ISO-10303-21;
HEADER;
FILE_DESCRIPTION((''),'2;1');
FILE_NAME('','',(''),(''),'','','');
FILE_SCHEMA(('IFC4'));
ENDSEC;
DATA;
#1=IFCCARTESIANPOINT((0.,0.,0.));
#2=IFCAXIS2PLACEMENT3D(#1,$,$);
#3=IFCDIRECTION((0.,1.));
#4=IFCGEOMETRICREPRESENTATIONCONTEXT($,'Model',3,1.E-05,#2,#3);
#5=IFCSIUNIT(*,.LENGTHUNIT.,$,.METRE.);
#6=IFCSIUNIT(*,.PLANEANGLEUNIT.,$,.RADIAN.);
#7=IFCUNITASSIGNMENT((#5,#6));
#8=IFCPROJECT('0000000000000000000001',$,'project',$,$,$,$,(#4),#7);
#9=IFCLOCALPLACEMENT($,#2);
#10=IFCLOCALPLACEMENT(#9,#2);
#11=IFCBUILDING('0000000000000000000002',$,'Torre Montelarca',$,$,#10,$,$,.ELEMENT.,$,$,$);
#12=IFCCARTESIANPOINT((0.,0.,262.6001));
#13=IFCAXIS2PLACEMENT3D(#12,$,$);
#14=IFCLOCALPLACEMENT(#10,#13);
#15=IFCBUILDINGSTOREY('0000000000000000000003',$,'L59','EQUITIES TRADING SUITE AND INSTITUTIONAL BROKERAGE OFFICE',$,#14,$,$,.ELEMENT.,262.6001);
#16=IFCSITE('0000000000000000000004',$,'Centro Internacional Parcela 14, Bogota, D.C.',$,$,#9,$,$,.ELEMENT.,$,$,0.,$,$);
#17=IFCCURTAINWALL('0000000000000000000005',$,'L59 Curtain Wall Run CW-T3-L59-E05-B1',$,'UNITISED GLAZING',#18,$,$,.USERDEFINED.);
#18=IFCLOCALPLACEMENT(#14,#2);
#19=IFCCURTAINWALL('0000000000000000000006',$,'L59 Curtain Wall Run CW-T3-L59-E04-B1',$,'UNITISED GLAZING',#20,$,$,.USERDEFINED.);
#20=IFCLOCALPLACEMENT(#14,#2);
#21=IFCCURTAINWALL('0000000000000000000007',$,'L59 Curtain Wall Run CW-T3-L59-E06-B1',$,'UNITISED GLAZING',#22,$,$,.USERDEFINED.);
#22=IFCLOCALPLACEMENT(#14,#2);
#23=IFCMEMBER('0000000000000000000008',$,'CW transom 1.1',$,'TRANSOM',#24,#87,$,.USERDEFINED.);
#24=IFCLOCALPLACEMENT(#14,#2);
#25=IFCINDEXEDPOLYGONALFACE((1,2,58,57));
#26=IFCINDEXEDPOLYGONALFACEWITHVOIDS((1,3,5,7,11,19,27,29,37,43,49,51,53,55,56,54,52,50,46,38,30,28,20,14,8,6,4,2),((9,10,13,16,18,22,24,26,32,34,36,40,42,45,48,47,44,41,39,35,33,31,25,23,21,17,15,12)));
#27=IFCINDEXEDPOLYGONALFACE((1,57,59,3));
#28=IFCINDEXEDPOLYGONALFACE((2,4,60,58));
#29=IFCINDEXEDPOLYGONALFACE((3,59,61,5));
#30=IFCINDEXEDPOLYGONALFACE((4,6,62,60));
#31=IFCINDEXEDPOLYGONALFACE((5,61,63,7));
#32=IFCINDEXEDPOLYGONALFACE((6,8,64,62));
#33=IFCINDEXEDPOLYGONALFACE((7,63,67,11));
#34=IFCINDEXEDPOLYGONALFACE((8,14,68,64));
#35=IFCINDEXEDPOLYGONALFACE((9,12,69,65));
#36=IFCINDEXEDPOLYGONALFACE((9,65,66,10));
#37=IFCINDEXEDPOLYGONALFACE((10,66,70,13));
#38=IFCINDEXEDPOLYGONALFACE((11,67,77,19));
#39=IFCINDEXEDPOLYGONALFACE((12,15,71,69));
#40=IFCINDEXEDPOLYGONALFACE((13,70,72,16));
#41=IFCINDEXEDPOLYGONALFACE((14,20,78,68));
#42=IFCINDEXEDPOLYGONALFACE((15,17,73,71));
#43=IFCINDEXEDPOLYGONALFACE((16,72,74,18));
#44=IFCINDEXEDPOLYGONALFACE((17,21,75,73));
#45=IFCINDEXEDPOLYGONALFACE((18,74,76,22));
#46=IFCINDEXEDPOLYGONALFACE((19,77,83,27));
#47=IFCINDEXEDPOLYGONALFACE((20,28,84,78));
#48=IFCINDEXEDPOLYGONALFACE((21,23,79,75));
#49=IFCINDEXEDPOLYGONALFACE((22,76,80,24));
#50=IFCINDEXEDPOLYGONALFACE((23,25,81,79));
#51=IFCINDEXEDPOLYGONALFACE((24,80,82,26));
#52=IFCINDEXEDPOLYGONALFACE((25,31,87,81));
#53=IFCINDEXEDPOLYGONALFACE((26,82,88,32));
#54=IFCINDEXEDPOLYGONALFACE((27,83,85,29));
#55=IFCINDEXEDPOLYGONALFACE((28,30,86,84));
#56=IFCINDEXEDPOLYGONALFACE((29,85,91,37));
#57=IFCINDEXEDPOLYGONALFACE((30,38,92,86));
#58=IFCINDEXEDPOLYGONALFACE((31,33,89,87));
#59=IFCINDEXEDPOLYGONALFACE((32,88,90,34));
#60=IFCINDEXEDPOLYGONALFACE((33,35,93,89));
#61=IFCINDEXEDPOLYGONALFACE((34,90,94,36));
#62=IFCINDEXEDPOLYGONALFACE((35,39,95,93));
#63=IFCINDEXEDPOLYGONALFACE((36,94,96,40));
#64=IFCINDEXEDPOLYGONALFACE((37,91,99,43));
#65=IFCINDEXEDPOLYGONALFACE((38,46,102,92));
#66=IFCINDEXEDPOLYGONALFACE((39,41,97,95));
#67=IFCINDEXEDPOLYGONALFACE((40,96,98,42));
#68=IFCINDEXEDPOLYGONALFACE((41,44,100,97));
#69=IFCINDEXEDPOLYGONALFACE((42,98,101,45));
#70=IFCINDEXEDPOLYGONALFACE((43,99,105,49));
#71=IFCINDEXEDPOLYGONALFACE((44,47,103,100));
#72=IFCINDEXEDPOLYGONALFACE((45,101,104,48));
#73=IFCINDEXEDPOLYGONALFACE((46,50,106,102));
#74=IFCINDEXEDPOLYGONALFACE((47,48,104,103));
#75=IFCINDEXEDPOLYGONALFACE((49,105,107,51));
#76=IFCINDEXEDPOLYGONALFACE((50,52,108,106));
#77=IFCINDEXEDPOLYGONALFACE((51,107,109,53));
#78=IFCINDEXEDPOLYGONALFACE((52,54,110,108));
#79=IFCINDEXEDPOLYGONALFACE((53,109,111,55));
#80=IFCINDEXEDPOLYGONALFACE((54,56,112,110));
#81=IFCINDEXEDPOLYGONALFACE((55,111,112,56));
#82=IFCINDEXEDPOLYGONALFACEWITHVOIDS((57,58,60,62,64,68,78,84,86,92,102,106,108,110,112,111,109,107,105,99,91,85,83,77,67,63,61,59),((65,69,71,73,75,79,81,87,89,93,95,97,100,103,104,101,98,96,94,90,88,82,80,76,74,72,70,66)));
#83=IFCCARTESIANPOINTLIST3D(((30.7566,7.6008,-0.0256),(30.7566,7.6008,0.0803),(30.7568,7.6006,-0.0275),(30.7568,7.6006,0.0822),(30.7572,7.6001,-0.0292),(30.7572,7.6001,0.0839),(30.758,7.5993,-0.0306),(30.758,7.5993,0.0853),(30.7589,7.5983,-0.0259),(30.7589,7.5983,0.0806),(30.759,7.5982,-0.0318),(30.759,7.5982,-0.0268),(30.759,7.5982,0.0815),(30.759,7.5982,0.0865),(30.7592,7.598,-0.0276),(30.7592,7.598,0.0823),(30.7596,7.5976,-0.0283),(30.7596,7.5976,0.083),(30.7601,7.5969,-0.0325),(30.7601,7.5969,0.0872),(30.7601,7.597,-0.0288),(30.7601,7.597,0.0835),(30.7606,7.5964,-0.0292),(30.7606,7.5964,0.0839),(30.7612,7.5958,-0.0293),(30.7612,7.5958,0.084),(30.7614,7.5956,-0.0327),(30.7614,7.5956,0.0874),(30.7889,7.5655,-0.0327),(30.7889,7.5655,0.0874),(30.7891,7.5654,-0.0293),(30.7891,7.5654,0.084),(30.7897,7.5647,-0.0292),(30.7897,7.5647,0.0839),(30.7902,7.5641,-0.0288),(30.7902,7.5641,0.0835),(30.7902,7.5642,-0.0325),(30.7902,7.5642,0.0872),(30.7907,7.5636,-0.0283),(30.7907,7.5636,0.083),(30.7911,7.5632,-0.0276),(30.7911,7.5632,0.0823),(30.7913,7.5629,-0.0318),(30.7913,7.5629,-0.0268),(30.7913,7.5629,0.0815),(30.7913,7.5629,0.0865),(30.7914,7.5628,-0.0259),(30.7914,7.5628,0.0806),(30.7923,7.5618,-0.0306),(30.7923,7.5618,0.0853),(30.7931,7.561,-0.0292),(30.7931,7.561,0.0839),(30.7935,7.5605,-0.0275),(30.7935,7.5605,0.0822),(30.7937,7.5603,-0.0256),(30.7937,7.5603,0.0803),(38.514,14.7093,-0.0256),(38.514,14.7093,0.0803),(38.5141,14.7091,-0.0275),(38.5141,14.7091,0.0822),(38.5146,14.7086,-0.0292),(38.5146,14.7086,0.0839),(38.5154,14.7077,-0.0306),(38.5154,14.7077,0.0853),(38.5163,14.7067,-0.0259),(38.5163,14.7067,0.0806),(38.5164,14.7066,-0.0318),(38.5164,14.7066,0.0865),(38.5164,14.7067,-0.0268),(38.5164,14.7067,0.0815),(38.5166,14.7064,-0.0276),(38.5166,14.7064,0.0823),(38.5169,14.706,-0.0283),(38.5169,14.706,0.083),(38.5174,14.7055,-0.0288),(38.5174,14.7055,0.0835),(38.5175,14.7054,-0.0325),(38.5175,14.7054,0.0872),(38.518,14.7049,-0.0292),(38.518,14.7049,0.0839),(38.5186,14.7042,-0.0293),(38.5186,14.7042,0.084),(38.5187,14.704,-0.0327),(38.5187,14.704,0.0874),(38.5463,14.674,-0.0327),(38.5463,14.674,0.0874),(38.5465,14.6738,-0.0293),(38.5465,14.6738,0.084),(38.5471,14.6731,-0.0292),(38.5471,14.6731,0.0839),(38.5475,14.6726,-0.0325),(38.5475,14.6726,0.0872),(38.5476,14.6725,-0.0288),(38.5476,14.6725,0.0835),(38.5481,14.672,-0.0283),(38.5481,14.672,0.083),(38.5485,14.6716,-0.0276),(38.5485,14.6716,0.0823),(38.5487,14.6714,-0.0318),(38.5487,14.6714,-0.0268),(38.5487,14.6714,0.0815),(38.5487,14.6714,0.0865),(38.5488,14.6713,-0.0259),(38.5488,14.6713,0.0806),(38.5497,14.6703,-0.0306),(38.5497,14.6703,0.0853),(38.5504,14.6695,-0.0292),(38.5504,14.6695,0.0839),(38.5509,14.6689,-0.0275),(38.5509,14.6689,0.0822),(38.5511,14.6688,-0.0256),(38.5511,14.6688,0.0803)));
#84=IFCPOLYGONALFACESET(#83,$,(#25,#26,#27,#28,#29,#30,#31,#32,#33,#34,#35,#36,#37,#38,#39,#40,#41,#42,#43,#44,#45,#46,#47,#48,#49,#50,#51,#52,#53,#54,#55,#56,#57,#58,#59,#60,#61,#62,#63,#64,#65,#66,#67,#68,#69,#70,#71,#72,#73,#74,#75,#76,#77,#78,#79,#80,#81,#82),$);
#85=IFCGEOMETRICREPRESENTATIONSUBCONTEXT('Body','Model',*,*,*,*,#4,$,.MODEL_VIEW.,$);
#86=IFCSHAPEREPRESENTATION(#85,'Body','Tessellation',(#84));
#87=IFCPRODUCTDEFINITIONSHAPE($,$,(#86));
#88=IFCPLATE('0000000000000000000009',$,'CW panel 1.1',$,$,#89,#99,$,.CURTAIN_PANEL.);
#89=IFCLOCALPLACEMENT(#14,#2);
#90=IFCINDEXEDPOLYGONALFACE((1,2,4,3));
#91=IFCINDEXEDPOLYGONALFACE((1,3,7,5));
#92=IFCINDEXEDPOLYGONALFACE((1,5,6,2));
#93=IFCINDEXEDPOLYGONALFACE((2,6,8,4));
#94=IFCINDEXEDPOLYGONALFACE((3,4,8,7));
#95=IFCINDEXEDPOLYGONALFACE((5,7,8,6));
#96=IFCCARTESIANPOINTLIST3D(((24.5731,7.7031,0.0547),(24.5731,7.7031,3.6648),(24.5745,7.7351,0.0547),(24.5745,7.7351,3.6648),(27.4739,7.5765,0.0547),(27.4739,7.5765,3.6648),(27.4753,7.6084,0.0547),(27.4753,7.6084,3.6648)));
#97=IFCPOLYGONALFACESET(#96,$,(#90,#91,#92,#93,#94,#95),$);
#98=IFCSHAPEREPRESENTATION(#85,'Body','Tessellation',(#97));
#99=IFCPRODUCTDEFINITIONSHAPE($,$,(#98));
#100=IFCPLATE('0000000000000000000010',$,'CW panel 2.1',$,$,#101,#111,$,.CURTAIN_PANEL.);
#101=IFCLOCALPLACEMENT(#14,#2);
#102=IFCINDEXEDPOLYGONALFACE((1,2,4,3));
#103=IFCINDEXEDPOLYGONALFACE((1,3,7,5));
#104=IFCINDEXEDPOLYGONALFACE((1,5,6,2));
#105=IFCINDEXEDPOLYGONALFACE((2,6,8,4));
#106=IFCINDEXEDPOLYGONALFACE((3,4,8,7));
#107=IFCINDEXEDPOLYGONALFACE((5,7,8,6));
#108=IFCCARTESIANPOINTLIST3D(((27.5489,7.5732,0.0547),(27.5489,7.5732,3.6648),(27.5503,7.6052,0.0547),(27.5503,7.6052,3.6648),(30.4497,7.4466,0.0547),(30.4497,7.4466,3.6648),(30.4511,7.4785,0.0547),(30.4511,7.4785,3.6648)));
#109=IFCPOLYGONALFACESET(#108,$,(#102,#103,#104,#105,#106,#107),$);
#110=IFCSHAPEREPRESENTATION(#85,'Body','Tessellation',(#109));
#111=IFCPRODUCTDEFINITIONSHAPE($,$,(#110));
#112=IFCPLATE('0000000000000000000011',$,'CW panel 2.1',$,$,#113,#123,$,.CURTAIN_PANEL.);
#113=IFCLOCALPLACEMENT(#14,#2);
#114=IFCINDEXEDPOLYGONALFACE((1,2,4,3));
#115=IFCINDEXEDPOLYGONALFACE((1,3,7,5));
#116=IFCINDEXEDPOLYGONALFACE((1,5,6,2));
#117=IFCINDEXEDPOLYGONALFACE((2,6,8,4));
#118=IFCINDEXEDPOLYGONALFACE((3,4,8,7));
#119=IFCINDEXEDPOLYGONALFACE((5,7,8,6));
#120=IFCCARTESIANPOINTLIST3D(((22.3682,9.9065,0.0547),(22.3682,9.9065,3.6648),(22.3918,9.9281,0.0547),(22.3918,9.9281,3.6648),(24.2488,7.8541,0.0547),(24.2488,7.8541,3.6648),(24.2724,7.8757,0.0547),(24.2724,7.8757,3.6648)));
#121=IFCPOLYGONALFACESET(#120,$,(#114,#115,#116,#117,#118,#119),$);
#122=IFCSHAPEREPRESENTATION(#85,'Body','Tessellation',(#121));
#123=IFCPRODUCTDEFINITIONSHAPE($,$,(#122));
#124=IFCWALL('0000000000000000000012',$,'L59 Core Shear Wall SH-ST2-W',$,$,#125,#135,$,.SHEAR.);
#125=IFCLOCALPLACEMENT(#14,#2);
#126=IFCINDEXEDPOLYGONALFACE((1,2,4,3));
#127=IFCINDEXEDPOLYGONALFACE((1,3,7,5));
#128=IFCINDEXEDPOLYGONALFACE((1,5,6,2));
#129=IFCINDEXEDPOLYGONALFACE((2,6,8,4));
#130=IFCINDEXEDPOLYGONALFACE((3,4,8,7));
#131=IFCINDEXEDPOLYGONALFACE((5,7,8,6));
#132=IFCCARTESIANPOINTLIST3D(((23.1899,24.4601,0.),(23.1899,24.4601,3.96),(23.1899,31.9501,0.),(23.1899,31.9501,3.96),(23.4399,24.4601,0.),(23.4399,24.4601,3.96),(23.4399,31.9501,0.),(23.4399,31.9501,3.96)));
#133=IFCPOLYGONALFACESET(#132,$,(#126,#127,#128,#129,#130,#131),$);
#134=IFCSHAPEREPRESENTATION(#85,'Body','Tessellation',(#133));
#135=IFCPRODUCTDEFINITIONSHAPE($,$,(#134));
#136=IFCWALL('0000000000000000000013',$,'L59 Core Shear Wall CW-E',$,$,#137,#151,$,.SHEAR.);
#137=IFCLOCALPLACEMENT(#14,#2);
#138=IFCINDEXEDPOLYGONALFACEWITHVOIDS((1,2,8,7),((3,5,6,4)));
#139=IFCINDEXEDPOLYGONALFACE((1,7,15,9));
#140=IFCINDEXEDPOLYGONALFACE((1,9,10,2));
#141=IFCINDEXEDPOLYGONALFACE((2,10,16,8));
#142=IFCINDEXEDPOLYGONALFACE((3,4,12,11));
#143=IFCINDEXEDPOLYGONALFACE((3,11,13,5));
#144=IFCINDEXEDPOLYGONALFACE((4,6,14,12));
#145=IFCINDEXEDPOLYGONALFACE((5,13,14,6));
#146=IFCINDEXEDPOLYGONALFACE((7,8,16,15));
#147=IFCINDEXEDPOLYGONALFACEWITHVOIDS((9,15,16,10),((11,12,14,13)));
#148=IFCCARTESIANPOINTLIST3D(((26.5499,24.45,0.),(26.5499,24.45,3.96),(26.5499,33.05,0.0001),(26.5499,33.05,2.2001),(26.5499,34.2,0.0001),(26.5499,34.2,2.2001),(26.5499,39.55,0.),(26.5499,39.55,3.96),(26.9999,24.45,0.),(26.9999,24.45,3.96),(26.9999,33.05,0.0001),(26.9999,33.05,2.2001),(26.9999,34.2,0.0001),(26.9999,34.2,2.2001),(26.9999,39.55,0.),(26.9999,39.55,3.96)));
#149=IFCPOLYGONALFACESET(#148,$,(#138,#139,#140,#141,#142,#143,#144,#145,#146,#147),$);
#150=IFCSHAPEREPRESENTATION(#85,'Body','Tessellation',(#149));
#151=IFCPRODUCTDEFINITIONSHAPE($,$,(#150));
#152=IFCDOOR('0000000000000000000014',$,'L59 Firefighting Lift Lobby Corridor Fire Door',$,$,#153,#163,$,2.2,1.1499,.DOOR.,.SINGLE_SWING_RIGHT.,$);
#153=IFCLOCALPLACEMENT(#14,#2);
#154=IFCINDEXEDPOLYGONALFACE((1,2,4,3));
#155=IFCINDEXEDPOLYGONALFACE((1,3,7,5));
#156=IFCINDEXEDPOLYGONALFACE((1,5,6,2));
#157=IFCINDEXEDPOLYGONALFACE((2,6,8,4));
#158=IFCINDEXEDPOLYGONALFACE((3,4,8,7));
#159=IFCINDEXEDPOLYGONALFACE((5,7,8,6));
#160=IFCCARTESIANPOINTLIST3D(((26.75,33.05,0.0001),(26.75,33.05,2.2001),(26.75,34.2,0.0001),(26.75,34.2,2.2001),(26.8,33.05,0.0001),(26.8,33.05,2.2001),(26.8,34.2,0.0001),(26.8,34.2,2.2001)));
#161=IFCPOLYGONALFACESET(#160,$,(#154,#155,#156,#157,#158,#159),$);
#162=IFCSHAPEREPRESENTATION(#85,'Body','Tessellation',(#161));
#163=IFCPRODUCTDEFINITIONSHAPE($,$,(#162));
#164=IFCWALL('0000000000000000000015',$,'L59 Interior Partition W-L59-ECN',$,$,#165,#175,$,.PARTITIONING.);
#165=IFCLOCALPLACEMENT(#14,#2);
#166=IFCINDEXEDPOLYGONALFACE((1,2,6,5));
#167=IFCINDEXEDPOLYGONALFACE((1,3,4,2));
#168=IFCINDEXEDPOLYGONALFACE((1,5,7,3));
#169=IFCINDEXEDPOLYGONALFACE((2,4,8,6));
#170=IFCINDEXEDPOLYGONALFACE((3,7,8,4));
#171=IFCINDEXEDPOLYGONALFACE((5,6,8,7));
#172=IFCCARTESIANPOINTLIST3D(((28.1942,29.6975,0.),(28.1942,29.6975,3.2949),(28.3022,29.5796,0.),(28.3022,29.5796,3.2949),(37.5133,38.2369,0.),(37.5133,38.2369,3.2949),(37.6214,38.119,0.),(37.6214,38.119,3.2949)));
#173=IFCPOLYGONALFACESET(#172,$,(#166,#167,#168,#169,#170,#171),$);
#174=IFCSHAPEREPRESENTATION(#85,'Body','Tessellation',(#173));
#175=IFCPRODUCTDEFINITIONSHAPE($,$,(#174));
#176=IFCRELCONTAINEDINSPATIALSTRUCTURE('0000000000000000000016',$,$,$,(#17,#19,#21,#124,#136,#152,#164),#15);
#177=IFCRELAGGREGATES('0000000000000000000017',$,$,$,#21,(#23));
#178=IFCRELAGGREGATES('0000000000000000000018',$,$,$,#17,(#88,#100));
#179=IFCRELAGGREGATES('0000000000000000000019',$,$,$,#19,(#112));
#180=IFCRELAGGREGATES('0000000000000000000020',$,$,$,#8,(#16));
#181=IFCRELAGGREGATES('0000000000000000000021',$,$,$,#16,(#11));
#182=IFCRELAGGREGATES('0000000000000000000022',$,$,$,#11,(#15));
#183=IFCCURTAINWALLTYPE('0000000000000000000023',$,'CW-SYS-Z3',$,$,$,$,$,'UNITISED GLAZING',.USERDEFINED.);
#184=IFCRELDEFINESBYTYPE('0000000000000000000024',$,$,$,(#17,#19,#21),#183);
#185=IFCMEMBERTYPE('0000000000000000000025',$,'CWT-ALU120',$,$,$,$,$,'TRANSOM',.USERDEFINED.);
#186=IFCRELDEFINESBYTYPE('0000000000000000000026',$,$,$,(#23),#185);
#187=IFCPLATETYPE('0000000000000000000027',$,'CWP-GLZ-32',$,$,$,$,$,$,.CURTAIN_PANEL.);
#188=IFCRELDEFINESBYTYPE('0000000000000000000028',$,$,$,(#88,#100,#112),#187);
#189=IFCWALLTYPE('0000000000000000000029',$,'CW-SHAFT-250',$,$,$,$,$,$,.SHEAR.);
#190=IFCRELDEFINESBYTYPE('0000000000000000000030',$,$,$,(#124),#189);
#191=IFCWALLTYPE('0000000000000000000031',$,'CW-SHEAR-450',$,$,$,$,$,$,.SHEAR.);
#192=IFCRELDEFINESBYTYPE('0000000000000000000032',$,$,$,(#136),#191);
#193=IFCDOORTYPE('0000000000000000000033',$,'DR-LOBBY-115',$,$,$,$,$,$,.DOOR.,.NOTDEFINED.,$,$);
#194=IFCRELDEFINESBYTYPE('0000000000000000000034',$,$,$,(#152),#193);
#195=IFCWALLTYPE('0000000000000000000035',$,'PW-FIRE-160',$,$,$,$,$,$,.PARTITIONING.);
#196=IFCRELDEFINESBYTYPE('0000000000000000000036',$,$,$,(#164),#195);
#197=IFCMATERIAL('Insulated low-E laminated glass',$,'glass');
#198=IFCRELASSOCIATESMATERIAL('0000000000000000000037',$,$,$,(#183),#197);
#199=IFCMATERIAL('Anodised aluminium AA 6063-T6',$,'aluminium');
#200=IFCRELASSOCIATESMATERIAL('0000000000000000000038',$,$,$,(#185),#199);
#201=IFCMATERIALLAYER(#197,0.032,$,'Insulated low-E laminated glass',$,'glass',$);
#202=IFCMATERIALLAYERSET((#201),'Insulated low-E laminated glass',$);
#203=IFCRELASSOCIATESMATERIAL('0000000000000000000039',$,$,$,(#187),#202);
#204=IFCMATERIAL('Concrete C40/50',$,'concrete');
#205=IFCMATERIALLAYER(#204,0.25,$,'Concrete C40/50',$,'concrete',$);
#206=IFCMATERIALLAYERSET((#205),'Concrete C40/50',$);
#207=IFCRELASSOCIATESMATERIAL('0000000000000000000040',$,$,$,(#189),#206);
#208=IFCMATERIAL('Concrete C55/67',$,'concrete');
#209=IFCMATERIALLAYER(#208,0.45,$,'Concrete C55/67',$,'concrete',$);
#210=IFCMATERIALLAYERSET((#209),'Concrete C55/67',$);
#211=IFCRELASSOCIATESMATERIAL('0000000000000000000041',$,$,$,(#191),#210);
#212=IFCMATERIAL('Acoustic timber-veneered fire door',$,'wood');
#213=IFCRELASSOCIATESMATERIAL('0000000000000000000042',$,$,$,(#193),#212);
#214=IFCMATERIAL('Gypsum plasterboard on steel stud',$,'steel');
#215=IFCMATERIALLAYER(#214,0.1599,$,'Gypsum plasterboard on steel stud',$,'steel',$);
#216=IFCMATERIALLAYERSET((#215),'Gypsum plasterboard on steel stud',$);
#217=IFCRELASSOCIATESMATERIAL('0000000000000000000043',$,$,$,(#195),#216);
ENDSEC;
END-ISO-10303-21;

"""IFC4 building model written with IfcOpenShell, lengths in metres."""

from ifc_helpers import new_model, si_unit, direction, frame, frame_2d, origin, origin_2d, place, context, subcontext, project, spatial, rectangle, hollow_rectangle, extrude, source, transform, mapped, material, layer, layer_set, material_profile, profile_set, type_object, element, fill, aggregate, save


model = new_model("IFC4")

# Units and contexts
model_context = context("Model", 3, precision=1e-05, world=origin(), true_north=direction((0.0, 1.0)))
body_context = subcontext(model_context, "Body", "Model", "MODEL_VIEW")
ifc_project = project(units=[si_unit("LENGTHUNIT", "METRE"), si_unit("PLANEANGLEUNIT", "RADIAN")], contexts=[model_context])

# Site, building, storey
site_placement = place(None, origin())
site = spatial("IfcSite", under=ifc_project, at=site_placement, Name="Centro Internacional Parcela 14, Bogota, D.C.", CompositionType="ELEMENT", RefElevation=0.0)
building_placement = place(site_placement, origin())
building = spatial("IfcBuilding", under=site, at=building_placement, Name="Torre Montelarca", CompositionType="ELEMENT")
storey_placement = place(building_placement, frame((0.0, 0.0, 262.6001)))
storey = spatial("IfcBuildingStorey", under=building, at=storey_placement, Name="L59", Description="EQUITIES TRADING SUITE AND INSTITUTIONAL BROKERAGE OFFICE", CompositionType="ELEMENT", Elevation=262.6001)

# Shared definitions
ifc_material_1 = material(Name="Concrete C55/67", Category="concrete")

# Curtain wall
ifc_material_2 = material(Name="Insulated low-E laminated glass", Category="glass")
curtain_wall_type = type_object("IfcCurtainWallType", Name="CW-SYS-Z3", ElementType="UNITISED GLAZING", PredefinedType="USERDEFINED", material=ifc_material_2)
curtain_wall_1_placement = place(storey_placement, origin())
curtain_wall_1 = element("IfcCurtainWall", 1, at=curtain_wall_1_placement, inside=storey, type_object=curtain_wall_type, Name="L59 Curtain Wall Run CW-T3-L59-E05-B1", ObjectType="UNITISED GLAZING", PredefinedType="USERDEFINED")
ifc_material_3 = material(Name="Anodised aluminium AA 6063-T6", Category="aluminium")
ifc_material_profile_1 = material_profile(ifc_material_3, hollow_rectangle(XDim=0.0549, YDim=0.1201, WallThickness=0.0034, InnerFilletRadius=0.0034, OuterFilletRadius=0.0071, at=origin_2d()), Name="ALU55X120X3.5", Category="aluminium")
ifc_profile_set_1 = profile_set([ifc_material_profile_1], Name="Anodised aluminium AA 6063-T6")
member_type_1 = type_object("IfcMemberType", Name="CWT-ALU120", ElementType="TRANSOM", PredefinedType="USERDEFINED", material=ifc_profile_set_1)

# Curtain wall
curtain_wall_2_placement = place(storey_placement, origin())
curtain_wall_2 = element("IfcCurtainWall", 2, at=curtain_wall_2_placement, inside=storey, type_object=curtain_wall_type, Name="L59 Curtain Wall Run CW-T3-L59-E04-B1", ObjectType="UNITISED GLAZING", PredefinedType="USERDEFINED")

# Curtain wall
curtain_wall_3_placement = place(storey_placement, origin())
curtain_wall_3 = element("IfcCurtainWall", 3, at=curtain_wall_3_placement, inside=storey, type_object=curtain_wall_type, Name="L59 Curtain Wall Run CW-T3-L59-E06-B1", ObjectType="UNITISED GLAZING", PredefinedType="USERDEFINED")

# Member
shared_shape_1 = source(origin(), body_context, "Body", "SweptSolid", [
    extrude(hollow_rectangle(XDim=0.0549, YDim=0.1201, WallThickness=0.0034, InnerFilletRadius=0.0034, OuterFilletRadius=0.0071, at=origin_2d()), origin(), (0.0, 0.0, 1.0), 10.5217),
])
member_1_placement = place(storey_placement, frame((30.7751, 7.5806, 0.0273), z_axis=(0.737272, 0.675596, 0.0), x_axis=(-0.675596, 0.737272, 0.0)))
member_1 = element("IfcMember", 4, at=member_1_placement, type_object=member_type_1, Name="CW transom 1.1", ObjectType="TRANSOM", PredefinedType="USERDEFINED", context=body_context, shape_type="MappedRepresentation", body=[
    mapped(shared_shape_1, transform((0.0, 0.0, 0.0), scale=1.0)),
])
aggregate(curtain_wall_3, [member_1])

# Plates
ifc_layer_1 = layer(ifc_material_2, 0.032, Name="Insulated low-E laminated glass", Category="glass")
ifc_layer_set_1 = layer_set([ifc_layer_1], Name="Insulated low-E laminated glass")
plate_type = type_object("IfcPlateType", Name="CWP-GLZ-32", PredefinedType="CURTAIN_PANEL", material=ifc_layer_set_1)
shared_shape_2 = source(origin(), body_context, "Body", "SweptSolid", [
    extrude(rectangle(XDim=2.9036, YDim=0.032, at=origin_2d()), origin(), (0.0, 0.0, 1.0), 3.6101),
])
plate_1_placement = place(storey_placement, frame((26.0242, 7.6558, 0.0547), z_axis=(0.0, 0.0, 1.0), x_axis=(0.999048, -0.043616, 0.0)))
plate_1 = element("IfcPlate", 5, at=plate_1_placement, type_object=plate_type, Name="CW panel 1.1", PredefinedType="CURTAIN_PANEL", context=body_context, shape_type="MappedRepresentation", body=[
    mapped(shared_shape_2, transform((0.0, 0.0, 0.0), scale=1.0)),
])
plate_2_placement = place(storey_placement, frame((29.0, 7.5259, 0.0547), z_axis=(0.0, 0.0, 1.0), x_axis=(0.999048, -0.043616, 0.0)))
plate_2 = element("IfcPlate", 6, at=plate_2_placement, type_object=plate_type, Name="CW panel 2.1", PredefinedType="CURTAIN_PANEL", context=body_context, shape_type="MappedRepresentation", body=[
    mapped(shared_shape_2, transform((0.0, 0.0, 0.0), scale=1.0)),
])
aggregate(curtain_wall_1, [plate_1, plate_2])
shared_shape_3 = source(origin(), body_context, "Body", "SweptSolid", [
    extrude(rectangle(XDim=2.7837, YDim=0.032, at=origin_2d()), origin(), (0.0, 0.0, 1.0), 3.6101),
])
plate_3_placement = place(storey_placement, frame((23.3203, 8.8911, 0.0547), z_axis=(0.0, 0.0, 1.0), x_axis=(0.675573, -0.737293, 0.0)))
plate_3 = element("IfcPlate", 7, at=plate_3_placement, type_object=plate_type, Name="CW panel 2.1", PredefinedType="CURTAIN_PANEL", context=body_context, shape_type="MappedRepresentation", body=[
    mapped(shared_shape_3, transform((0.0, 0.0, 0.0), scale=1.0)),
])
aggregate(curtain_wall_2, [plate_3])

# Wall
ifc_material_4 = material(Name="Concrete C40/50", Category="concrete")
ifc_layer_2 = layer(ifc_material_4, 0.25, Name="Concrete C40/50", Category="concrete")
ifc_layer_set_2 = layer_set([ifc_layer_2], Name="Concrete C40/50")
wall_type_1 = type_object("IfcWallType", Name="CW-SHAFT-250", PredefinedType="SHEAR", material=ifc_layer_set_2)
wall_1_placement = place(storey_placement, frame((23.3149, 24.46, 0.0), z_axis=(0.0, 0.0, 1.0), x_axis=(0.0, 1.0, 0.0)))
element("IfcWall", 8, at=wall_1_placement, inside=storey, type_object=wall_type_1, Name="L59 Core Shear Wall SH-ST2-W", PredefinedType="SHEAR", context=body_context, shape_type="SweptSolid", body=[
    extrude(rectangle(XDim=7.49, YDim=0.25, at=frame_2d((3.7451, 0.0))), origin(), (0.0, 0.0, 1.0), 3.96),
])

# Wall, opening, door
ifc_layer_3 = layer(ifc_material_1, 0.45, Name="Concrete C55/67", Category="concrete")
ifc_layer_set_3 = layer_set([ifc_layer_3], Name="Concrete C55/67")
wall_type_2 = type_object("IfcWallType", Name="CW-SHEAR-450", PredefinedType="SHEAR", material=ifc_layer_set_3)
wall_2_placement = place(storey_placement, frame((26.7749, 24.45, 0.0), z_axis=(0.0, 0.0, 1.0), x_axis=(0.0, 1.0, 0.0)))
wall_2 = element("IfcWall", 9, at=wall_2_placement, inside=storey, type_object=wall_type_2, Name="L59 Core Shear Wall CW-E", PredefinedType="SHEAR", context=body_context, shape_type="SweptSolid", body=[
    extrude(rectangle(XDim=15.1001, YDim=0.45, at=frame_2d((7.55, 0.0))), origin(), (0.0, 0.0, 1.0), 3.96),
])
opening_1_placement = place(wall_2_placement, frame((8.6001, 0.0, 0.0)))
opening_1 = element("IfcOpeningElement", 10, at=opening_1_placement, cuts=wall_2, PredefinedType="OPENING", context=body_context, shape_type="SweptSolid", body=[
    extrude(rectangle(XDim=1.1499, YDim=2.2, at=frame_2d((0.575, 1.1001))), frame((0.0, 0.2349, 0.0), z_axis=(0.0, -1.0, 0.0), x_axis=(1.0, 0.0, 0.0)), (0.0, 0.0, 1.0), 0.47),
])
ifc_material_5 = material(Name="Acoustic timber-veneered fire door", Category="wood")
door_type_1 = type_object("IfcDoorType", Name="DR-LOBBY-115", OperationType="NOTDEFINED", PredefinedType="DOOR", material=ifc_material_5)
shared_shape_4 = source(origin(), body_context, "Body", "SweptSolid", [
    extrude(rectangle(XDim=1.1499, YDim=2.2, at=frame_2d((0.575, 1.1001))), frame((0.0, 0.0249, 0.0), z_axis=(0.0, -1.0, 0.0), x_axis=(1.0, 0.0, 0.0)), (0.0, 0.0, 1.0), 0.05),
])
door_1_placement = place(opening_1_placement, origin())
door_1 = element("IfcDoor", 11, at=door_1_placement, inside=storey, type_object=door_type_1, Name="L59 Firefighting Lift Lobby Corridor Fire Door", OperationType="SINGLE_SWING_RIGHT", OverallHeight=2.2, OverallWidth=1.1499, PredefinedType="DOOR", context=body_context, shape_type="MappedRepresentation", body=[
    mapped(shared_shape_4, transform((0.0, 0.0, 0.0), scale=1.0)),
])
fill(opening_1, door_1)

# Wall
ifc_material_6 = material(Name="Gypsum plasterboard on steel stud", Category="steel")
ifc_layer_4 = layer(ifc_material_6, 0.1599, Name="Gypsum plasterboard on steel stud", Category="steel")
ifc_layer_set_4 = layer_set([ifc_layer_4], Name="Gypsum plasterboard on steel stud")
wall_type_3 = type_object("IfcWallType", Name="PW-FIRE-160", PredefinedType="PARTITIONING", material=ifc_layer_set_4)
wall_3_placement = place(storey_placement, frame((28.2483, 29.6387, 0.0), z_axis=(0.0, 0.0, 1.0), x_axis=(0.73728, 0.675587, 0.0)))
element("IfcWall", 12, at=wall_3_placement, inside=storey, type_object=wall_type_3, Name="L59 Interior Partition W-L59-ECN", PredefinedType="PARTITIONING", context=body_context, shape_type="SweptSolid", body=[
    extrude(rectangle(XDim=12.6399, YDim=0.1599, at=frame_2d((6.3198, 0.0))), origin(), (0.0, 0.0, 1.0), 3.2949),
])

save(model, "model.ifc")
